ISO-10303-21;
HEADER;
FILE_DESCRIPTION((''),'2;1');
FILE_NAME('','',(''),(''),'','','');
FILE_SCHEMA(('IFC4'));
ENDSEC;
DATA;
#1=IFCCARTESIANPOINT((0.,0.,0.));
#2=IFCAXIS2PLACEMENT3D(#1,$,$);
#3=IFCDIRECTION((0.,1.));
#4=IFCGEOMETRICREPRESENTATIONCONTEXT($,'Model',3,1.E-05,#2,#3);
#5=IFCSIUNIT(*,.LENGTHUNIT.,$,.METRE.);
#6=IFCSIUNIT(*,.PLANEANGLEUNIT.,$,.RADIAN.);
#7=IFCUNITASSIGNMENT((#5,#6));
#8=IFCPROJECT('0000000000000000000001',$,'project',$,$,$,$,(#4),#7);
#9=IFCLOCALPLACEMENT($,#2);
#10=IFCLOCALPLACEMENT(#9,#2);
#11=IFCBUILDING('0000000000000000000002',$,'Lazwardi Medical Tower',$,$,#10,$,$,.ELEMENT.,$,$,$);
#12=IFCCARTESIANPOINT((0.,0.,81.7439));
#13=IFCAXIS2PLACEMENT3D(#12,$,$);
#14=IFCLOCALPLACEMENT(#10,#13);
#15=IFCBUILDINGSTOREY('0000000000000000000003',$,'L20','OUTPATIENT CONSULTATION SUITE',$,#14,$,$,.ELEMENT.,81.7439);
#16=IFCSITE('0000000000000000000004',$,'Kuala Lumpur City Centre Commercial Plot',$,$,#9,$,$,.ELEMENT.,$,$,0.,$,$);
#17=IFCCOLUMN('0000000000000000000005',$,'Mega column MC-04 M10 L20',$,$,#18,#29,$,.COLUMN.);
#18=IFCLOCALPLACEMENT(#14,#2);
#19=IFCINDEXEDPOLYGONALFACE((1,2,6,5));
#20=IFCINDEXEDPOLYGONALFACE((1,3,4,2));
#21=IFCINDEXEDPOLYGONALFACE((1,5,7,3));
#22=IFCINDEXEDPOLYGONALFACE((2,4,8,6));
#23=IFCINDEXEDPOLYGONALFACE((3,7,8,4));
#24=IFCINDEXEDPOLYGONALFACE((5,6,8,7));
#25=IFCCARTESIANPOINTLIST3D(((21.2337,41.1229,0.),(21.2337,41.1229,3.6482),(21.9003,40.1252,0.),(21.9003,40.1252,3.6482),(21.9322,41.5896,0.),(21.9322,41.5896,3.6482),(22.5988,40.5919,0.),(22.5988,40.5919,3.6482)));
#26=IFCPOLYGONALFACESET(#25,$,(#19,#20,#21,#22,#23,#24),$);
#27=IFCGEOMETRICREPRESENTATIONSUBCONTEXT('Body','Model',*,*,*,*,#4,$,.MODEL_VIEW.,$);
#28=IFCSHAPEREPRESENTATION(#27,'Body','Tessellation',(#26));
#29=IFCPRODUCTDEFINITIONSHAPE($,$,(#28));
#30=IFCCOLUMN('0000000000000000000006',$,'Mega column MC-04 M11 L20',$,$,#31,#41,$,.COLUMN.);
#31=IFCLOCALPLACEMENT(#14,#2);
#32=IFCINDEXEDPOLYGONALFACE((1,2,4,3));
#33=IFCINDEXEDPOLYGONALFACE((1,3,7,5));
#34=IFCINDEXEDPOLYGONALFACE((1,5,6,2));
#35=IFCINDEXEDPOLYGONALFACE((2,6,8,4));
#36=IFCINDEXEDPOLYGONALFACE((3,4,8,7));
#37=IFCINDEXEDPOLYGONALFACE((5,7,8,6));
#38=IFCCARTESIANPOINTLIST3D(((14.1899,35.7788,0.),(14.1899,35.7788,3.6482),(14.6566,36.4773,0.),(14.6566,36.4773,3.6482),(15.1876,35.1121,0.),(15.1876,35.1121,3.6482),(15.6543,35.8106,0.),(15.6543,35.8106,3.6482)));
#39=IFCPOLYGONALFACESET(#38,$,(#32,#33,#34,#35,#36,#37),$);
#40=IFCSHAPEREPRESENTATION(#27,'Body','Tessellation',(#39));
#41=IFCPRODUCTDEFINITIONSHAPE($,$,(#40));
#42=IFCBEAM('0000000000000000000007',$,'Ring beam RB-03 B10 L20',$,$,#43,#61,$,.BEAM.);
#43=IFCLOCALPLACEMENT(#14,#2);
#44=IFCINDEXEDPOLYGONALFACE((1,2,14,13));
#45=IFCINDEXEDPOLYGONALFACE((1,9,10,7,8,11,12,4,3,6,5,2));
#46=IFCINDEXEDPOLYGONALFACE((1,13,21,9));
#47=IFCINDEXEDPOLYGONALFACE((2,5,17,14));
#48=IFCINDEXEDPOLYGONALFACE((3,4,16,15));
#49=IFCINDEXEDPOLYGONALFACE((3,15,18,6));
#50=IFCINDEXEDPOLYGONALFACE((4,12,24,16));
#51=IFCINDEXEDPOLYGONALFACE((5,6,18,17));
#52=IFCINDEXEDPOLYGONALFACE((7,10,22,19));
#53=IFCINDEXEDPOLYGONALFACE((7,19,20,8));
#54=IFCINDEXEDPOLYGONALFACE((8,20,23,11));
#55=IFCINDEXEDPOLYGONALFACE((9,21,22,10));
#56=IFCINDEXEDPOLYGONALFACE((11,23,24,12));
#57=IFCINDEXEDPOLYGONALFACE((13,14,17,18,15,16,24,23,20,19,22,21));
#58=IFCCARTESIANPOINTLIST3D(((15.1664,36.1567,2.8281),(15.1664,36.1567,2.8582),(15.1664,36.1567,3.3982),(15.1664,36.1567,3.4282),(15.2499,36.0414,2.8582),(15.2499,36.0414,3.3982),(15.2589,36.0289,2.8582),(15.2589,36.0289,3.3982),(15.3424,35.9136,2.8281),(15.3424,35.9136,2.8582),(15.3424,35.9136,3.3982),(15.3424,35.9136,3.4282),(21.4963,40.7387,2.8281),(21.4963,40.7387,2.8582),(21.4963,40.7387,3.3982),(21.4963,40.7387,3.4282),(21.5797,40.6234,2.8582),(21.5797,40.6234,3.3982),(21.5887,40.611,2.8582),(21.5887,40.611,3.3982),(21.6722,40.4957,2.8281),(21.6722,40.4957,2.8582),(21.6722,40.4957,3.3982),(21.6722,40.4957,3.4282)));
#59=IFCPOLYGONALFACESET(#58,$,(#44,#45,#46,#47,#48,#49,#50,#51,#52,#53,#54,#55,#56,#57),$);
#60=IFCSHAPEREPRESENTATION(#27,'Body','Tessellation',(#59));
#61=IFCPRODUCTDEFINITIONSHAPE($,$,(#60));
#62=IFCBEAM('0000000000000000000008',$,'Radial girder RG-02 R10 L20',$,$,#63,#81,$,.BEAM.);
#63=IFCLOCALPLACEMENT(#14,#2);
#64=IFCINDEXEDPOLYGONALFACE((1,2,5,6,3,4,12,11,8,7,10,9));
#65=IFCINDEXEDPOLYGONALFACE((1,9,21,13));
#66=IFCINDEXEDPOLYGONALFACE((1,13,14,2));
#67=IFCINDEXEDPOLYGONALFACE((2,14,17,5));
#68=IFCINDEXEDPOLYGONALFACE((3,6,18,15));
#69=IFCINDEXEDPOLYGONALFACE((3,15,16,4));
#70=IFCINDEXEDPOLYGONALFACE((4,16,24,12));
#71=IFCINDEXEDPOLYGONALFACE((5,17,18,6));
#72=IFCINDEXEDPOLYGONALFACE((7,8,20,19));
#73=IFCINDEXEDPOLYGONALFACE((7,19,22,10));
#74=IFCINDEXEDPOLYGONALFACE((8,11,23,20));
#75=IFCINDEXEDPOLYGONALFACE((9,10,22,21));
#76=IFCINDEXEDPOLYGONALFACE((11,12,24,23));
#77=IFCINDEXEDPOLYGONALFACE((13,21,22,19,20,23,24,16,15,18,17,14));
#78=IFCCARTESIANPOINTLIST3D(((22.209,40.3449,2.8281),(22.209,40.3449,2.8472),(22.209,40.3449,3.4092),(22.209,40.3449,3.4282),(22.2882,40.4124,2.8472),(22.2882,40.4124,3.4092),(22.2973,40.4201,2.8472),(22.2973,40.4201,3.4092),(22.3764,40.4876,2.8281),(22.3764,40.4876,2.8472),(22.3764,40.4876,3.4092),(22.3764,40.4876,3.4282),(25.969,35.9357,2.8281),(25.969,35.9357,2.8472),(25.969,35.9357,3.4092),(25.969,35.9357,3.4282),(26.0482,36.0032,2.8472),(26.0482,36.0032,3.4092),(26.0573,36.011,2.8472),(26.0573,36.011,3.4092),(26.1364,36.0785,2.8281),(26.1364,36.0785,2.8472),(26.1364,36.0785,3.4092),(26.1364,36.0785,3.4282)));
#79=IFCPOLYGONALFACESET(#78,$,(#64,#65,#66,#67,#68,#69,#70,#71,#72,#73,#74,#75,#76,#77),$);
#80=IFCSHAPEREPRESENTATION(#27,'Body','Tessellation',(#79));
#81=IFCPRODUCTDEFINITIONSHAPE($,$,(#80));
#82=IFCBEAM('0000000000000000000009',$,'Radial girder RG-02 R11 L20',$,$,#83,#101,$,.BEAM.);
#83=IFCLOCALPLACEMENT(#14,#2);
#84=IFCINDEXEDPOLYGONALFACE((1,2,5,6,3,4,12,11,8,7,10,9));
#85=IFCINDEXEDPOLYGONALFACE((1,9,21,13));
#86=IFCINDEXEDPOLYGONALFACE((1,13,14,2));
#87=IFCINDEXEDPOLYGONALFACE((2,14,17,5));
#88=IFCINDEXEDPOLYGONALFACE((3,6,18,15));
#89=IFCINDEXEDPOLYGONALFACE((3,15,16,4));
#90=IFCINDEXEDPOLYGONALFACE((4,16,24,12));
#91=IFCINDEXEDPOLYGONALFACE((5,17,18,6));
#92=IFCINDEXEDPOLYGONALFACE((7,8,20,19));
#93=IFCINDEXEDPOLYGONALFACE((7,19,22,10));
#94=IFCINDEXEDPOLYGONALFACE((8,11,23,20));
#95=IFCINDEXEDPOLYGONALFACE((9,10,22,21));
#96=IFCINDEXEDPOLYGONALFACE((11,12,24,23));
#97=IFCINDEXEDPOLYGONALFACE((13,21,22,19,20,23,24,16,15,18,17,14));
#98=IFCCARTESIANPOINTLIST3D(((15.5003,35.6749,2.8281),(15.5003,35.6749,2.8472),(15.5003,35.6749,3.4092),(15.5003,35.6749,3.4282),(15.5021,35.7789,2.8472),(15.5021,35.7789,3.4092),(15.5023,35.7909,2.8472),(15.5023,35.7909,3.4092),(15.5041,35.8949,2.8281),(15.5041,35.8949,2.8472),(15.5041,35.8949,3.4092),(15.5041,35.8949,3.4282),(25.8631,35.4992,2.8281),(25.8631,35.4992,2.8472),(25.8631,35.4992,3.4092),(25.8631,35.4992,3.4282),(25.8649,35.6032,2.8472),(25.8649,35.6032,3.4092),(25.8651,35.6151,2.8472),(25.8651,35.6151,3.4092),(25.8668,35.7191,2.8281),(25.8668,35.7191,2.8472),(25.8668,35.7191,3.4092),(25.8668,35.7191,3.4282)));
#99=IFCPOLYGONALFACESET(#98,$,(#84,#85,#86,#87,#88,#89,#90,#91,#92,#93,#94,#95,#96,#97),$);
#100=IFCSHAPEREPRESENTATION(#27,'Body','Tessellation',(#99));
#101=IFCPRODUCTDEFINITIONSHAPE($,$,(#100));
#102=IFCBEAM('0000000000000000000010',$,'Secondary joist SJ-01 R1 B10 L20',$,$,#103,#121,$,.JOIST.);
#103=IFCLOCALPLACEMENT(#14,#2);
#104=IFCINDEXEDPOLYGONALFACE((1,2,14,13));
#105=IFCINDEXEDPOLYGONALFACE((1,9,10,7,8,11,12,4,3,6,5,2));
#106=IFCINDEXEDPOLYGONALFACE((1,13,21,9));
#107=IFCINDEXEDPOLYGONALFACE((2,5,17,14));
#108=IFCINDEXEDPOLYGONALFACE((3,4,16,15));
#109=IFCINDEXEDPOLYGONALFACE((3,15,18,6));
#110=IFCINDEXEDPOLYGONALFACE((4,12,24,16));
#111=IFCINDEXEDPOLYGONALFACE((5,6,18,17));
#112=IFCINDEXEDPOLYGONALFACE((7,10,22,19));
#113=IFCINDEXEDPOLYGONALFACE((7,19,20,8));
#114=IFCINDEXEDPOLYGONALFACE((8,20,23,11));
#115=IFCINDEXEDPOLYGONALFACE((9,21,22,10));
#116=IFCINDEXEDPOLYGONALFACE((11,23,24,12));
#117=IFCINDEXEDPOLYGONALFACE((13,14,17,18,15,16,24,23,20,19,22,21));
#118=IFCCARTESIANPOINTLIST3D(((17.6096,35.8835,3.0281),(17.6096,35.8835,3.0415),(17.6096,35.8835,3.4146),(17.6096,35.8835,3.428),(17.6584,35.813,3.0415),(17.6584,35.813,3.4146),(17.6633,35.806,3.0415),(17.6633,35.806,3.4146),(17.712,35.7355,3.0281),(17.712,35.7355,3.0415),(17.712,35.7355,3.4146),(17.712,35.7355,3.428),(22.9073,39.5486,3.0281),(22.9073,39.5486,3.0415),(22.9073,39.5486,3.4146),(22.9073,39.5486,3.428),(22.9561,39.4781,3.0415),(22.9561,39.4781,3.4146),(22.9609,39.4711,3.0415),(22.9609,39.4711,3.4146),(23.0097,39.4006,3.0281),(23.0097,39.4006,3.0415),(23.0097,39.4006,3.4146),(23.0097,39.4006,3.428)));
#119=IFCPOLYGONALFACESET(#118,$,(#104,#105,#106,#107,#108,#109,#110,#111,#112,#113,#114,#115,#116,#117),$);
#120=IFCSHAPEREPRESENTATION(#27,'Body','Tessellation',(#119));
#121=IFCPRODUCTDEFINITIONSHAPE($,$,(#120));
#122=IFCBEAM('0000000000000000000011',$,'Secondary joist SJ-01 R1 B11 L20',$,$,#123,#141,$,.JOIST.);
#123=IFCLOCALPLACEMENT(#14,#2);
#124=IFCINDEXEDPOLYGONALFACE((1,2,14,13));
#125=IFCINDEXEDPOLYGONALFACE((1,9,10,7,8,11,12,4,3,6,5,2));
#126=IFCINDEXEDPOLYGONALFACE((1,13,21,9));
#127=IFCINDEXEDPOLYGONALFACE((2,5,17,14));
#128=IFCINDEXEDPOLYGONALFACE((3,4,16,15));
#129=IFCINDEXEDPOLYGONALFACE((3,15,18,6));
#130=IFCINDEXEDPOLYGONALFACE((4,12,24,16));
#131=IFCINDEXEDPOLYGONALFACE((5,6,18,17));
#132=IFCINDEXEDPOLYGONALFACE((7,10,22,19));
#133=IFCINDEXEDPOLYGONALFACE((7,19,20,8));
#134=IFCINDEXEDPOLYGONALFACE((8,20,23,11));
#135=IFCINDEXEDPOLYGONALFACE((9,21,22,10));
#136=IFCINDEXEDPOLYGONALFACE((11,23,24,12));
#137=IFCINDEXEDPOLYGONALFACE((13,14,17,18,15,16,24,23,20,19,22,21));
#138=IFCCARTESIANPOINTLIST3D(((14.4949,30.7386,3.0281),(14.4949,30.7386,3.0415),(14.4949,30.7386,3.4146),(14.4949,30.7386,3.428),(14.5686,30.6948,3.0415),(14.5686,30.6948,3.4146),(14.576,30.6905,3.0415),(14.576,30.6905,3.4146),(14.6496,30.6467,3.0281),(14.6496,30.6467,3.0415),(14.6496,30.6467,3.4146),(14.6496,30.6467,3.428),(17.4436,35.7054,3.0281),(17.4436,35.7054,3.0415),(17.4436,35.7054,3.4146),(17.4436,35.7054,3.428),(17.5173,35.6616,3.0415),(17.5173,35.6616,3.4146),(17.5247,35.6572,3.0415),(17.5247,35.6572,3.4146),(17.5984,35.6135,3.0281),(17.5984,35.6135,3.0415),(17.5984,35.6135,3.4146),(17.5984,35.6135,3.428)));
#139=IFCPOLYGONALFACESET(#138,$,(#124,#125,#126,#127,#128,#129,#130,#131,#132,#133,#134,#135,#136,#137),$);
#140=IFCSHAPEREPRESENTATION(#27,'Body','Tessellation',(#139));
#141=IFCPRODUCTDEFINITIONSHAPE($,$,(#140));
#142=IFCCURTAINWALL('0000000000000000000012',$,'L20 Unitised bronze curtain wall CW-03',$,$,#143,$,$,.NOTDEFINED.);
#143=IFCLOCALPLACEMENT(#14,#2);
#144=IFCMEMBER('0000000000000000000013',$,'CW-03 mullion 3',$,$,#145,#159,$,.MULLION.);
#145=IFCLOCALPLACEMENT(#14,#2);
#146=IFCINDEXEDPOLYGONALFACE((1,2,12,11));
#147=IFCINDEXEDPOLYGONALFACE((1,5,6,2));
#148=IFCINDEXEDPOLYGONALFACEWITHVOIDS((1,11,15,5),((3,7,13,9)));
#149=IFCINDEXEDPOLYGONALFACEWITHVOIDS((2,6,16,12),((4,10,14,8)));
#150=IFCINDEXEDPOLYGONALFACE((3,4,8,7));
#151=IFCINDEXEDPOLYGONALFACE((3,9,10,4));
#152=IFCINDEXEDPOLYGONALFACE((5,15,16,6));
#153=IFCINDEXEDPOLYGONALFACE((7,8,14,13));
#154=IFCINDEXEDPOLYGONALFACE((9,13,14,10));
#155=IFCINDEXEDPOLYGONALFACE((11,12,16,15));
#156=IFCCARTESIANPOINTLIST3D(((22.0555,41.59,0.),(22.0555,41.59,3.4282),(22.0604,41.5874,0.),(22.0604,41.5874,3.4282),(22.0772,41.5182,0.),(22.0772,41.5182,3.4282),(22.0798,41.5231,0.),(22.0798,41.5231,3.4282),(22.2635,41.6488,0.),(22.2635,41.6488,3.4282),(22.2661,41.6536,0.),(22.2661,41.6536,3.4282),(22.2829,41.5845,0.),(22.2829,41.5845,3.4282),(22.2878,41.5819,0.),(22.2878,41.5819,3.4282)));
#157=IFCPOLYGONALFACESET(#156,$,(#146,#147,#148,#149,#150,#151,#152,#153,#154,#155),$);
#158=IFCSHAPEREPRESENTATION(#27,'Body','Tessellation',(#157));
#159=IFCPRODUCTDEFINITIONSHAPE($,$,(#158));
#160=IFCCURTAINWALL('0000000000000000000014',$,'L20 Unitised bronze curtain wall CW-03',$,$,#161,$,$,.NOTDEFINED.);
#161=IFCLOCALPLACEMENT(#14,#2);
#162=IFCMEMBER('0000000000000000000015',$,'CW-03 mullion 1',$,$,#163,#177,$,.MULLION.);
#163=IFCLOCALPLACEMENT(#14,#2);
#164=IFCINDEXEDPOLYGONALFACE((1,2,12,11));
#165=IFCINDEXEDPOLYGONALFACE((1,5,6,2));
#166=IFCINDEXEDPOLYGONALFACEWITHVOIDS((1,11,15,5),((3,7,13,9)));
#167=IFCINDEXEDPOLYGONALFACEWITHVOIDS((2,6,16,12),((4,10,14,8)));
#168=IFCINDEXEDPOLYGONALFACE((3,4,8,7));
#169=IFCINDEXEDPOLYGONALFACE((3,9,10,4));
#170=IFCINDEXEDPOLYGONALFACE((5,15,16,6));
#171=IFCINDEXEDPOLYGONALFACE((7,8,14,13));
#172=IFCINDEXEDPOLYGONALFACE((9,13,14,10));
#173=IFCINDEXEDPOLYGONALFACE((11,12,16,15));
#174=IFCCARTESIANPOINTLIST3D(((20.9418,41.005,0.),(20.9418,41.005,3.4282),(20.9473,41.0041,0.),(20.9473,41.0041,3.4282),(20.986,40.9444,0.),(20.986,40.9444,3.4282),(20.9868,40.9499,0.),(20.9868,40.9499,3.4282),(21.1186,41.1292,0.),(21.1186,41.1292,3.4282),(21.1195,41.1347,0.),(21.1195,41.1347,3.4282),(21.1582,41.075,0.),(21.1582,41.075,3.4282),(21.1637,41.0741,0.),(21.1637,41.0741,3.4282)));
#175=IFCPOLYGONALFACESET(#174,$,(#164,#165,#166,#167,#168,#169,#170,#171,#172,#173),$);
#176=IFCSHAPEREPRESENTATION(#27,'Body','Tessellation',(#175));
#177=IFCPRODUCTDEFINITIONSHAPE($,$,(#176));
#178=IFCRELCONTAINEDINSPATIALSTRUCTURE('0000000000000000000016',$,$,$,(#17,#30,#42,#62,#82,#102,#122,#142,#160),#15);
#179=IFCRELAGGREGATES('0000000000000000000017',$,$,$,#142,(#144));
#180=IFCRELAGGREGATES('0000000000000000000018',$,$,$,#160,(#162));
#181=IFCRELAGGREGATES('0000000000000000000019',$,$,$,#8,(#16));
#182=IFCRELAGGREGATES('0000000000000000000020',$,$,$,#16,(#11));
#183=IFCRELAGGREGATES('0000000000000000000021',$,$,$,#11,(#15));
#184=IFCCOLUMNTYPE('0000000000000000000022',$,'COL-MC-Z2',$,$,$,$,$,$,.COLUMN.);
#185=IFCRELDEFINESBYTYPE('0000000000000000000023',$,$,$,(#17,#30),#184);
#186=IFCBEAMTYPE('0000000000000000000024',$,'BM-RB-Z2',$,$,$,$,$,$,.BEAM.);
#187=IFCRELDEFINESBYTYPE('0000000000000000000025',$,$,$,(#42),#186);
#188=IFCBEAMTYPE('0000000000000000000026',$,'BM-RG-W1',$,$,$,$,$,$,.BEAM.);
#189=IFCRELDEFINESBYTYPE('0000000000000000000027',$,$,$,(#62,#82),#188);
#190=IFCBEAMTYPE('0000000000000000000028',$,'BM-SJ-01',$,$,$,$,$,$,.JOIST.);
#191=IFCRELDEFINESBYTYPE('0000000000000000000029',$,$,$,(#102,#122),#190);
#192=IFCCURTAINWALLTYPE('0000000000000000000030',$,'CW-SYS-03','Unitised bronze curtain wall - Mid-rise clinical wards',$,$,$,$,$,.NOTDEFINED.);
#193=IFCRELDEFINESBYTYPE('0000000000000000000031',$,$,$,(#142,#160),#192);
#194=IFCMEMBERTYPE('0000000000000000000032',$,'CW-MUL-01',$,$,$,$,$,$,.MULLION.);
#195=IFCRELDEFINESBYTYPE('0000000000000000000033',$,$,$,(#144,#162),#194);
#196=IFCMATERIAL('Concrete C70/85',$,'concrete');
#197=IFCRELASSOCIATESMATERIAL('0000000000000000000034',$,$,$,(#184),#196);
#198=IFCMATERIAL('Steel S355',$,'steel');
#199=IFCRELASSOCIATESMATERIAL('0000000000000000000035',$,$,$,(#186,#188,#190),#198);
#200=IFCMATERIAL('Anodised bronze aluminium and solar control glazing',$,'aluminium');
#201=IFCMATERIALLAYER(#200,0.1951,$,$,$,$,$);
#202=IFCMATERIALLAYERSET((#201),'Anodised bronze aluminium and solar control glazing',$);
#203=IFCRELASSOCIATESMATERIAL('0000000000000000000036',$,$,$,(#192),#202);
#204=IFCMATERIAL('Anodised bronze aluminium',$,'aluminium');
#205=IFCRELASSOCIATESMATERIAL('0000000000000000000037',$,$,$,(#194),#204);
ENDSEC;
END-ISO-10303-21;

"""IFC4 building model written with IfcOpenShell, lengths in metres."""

from ifc_helpers import new_model, si_unit, direction, frame, origin, origin_2d, place, context, subcontext, project, spatial, rectangle, hollow_rectangle, i_section, extrude, material, layer, layer_set, material_profile, profile_set, type_object, element, aggregate, save


model = new_model("IFC4")

# Units and contexts
model_context = context("Model", 3, precision=1e-05, world=origin(), true_north=direction((0.0, 1.0)))
body_context = subcontext(model_context, "Body", "Model", "MODEL_VIEW")
ifc_project = project(units=[si_unit("LENGTHUNIT", "METRE"), si_unit("PLANEANGLEUNIT", "RADIAN")], contexts=[model_context])

# Site, building, storey
site_placement = place(None, origin())
site = spatial("IfcSite", under=ifc_project, at=site_placement, Name="Kuala Lumpur City Centre Commercial Plot", CompositionType="ELEMENT", RefElevation=0.0)
building_placement = place(site_placement, origin())
building = spatial("IfcBuilding", under=site, at=building_placement, Name="Lazwardi Medical Tower", CompositionType="ELEMENT")
storey_placement = place(building_placement, frame((0.0, 0.0, 81.7439)))
storey = spatial("IfcBuildingStorey", under=building, at=storey_placement, Name="L20", Description="OUTPATIENT CONSULTATION SUITE", CompositionType="ELEMENT", Elevation=81.7439)

# Columns
ifc_material_1 = material(Name="Concrete C70/85", Category="concrete")
ifc_material_profile_1 = material_profile(ifc_material_1, rectangle(XDim=1.2, YDim=0.8401, at=origin_2d()), Name="CFT-RECT 1200x840")
ifc_profile_set_1 = profile_set([ifc_material_profile_1], Name="Concrete C70/85")
column_type = type_object("IfcColumnType", Name="COL-MC-Z2", PredefinedType="COLUMN", material=ifc_profile_set_1)
for number, where, z_axis, x_axis, name in (
    (1, (21.9163, 40.8574, 0.0), (0.0, 0.0, 1.0), (-0.55557, 0.83147, 0.0), "Mega column MC-04 M10 L20"),
    (2, (14.9221, 35.7947, 0.0), (0.0, 0.0, 1.0), (-0.83147, 0.55557, 0.0), "Mega column MC-04 M11 L20"),
):
    element("IfcColumn", number, at=place(storey_placement, frame(where, z_axis=z_axis, x_axis=x_axis)), inside=storey, type_object=column_type, Name=name, PredefinedType="COLUMN", context=body_context, shape_type="SweptSolid", body=[
        extrude(rectangle(XDim=1.2, YDim=0.8401, at=origin_2d()), origin(), (0.0, 0.0, 1.0), 3.6482),
    ])

# Beams
ifc_material_2 = material(Name="Steel S355", Category="steel")
ifc_material_profile_2 = material_profile(ifc_material_2, i_section(OverallWidth=0.3, OverallDepth=0.6001, WebThickness=0.0154, FlangeThickness=0.03, at=origin_2d()), Name="HEB 600")
ifc_profile_set_2 = profile_set([ifc_material_profile_2], Name="Steel S355")
beam_type_1 = type_object("IfcBeamType", Name="BM-RB-Z2", PredefinedType="BEAM", material=ifc_profile_set_2)
beam_1_placement = place(storey_placement, frame((21.5842, 40.6172, 3.1282), z_axis=(-0.810042, -0.586372, 0.0), x_axis=(0.586372, -0.810042, 0.0)))
element("IfcBeam", 3, at=beam_1_placement, inside=storey, type_object=beam_type_1, Name="Ring beam RB-03 B10 L20", PredefinedType="BEAM", context=body_context, shape_type="SweptSolid", body=[
    extrude(i_section(OverallWidth=0.3, OverallDepth=0.6001, WebThickness=0.0154, FlangeThickness=0.03, at=origin_2d()), origin(), (0.0, 0.0, 1.0), 7.8142),
])
ifc_material_profile_3 = material_profile(ifc_material_2, i_section(OverallWidth=0.22, OverallDepth=0.6001, WebThickness=0.012, FlangeThickness=0.019, at=origin_2d()), Name="IPE 600")
ifc_profile_set_3 = profile_set([ifc_material_profile_3], Name="Steel S355")
beam_type_2 = type_object("IfcBeamType", Name="BM-RG-W1", PredefinedType="BEAM", material=ifc_profile_set_3)
beam_2_placement = place(storey_placement, frame((22.2927, 40.4163, 3.1282), z_axis=(0.648871, -0.760899, 0.0), x_axis=(0.760899, 0.648871, 0.0)))
element("IfcBeam", 4, at=beam_2_placement, inside=storey, type_object=beam_type_2, Name="Radial girder RG-02 R10 L20", PredefinedType="BEAM", context=body_context, shape_type="SweptSolid", body=[
    extrude(i_section(OverallWidth=0.22, OverallDepth=0.6001, WebThickness=0.012, FlangeThickness=0.019, at=origin_2d()), origin(), (0.0, 0.0, 1.0), 5.7947),
])
beam_3_placement = place(storey_placement, frame((15.5022, 35.7849, 3.1282), z_axis=(0.999856, -0.01696, 0.0), x_axis=(0.01696, 0.999856, 0.0)))
element("IfcBeam", 5, at=beam_3_placement, inside=storey, type_object=beam_type_2, Name="Radial girder RG-02 R11 L20", PredefinedType="BEAM", context=body_context, shape_type="SweptSolid", body=[
    extrude(i_section(OverallWidth=0.22, OverallDepth=0.6001, WebThickness=0.012, FlangeThickness=0.019, at=origin_2d()), origin(), (0.0, 0.0, 1.0), 10.3643),
])
ifc_material_profile_4 = material_profile(ifc_material_2, i_section(OverallWidth=0.1799, OverallDepth=0.3999, WebThickness=0.0085, FlangeThickness=0.0134, at=origin_2d()), Name="IPE 400")
ifc_profile_set_4 = profile_set([ifc_material_profile_4], Name="Steel S355")
beam_type_3 = type_object("IfcBeamType", Name="BM-SJ-01", PredefinedType="JOIST", material=ifc_profile_set_4)
beam_4_placement = place(storey_placement, frame((22.9585, 39.4746, 3.228), z_axis=(-0.822376, -0.568944, 0.0), x_axis=(0.568944, -0.822376, 0.0)))
element("IfcBeam", 6, at=beam_4_placement, inside=storey, type_object=beam_type_3, Name="Secondary joist SJ-01 R1 B10 L20", PredefinedType="JOIST", context=body_context, shape_type="SweptSolid", body=[
    extrude(i_section(OverallWidth=0.1799, OverallDepth=0.3999, WebThickness=0.0085, FlangeThickness=0.0134, at=origin_2d()), origin(), (0.0, 0.0, 1.0), 6.4419),
])
beam_5_placement = place(storey_placement, frame((17.521, 35.6594, 3.228), z_axis=(-0.5105, -0.859878, 0.0), x_axis=(0.859878, -0.5105, 0.0)))
element("IfcBeam", 7, at=beam_5_placement, inside=storey, type_object=beam_type_3, Name="Secondary joist SJ-01 R1 B11 L20", PredefinedType="JOIST", context=body_context, shape_type="SweptSolid", body=[
    extrude(i_section(OverallWidth=0.1799, OverallDepth=0.3999, WebThickness=0.0085, FlangeThickness=0.0134, at=origin_2d()), origin(), (0.0, 0.0, 1.0), 5.7761),
])

# Curtain wall, member
ifc_material_3 = material(Name="Anodised bronze aluminium and solar control glazing", Category="aluminium")
ifc_layer_1 = layer(ifc_material_3, 0.1951)
ifc_layer_set_1 = layer_set([ifc_layer_1], Name="Anodised bronze aluminium and solar control glazing")
curtain_wall_type = type_object("IfcCurtainWallType", Name="CW-SYS-03", Description="Unitised bronze curtain wall - Mid-rise clinical wards", PredefinedType="NOTDEFINED", material=ifc_layer_set_1)
curtain_wall_1_placement = place(storey_placement, origin())
curtain_wall_1 = element("IfcCurtainWall", 8, at=curtain_wall_1_placement, inside=storey, type_object=curtain_wall_type, Name="L20 Unitised bronze curtain wall CW-03", PredefinedType="NOTDEFINED")
ifc_material_4 = material(Name="Anodised bronze aluminium", Category="aluminium")
ifc_material_profile_5 = material_profile(ifc_material_4, hollow_rectangle(XDim=0.075, YDim=0.22, WallThickness=0.0039, at=origin_2d()), Name="ALU-MULLION 220x75x4")
ifc_profile_set_5 = profile_set([ifc_material_profile_5], Name="Anodised bronze aluminium")
member_type_1 = type_object("IfcMemberType", Name="CW-MUL-01", PredefinedType="MULLION", material=ifc_profile_set_5)
member_1_placement = place(storey_placement, frame((22.1716, 41.5859, 0.0), z_axis=(0.0, 0.0, 1.0), x_axis=(0.289374, -0.957216, 0.0)))
member_1 = element("IfcMember", 9, at=member_1_placement, type_object=member_type_1, Name="CW-03 mullion 3", PredefinedType="MULLION", context=body_context, shape_type="SweptSolid", body=[
    extrude(hollow_rectangle(XDim=0.075, YDim=0.22, WallThickness=0.0039, at=origin_2d()), origin(), (0.0, 0.0, 1.0), 3.4282),
])
aggregate(curtain_wall_1, [member_1])

# Curtain wall, member
curtain_wall_2_placement = place(storey_placement, origin())
curtain_wall_2 = element("IfcCurtainWall", 10, at=curtain_wall_2_placement, inside=storey, type_object=curtain_wall_type, Name="L20 Unitised bronze curtain wall CW-03", PredefinedType="NOTDEFINED")
member_2_placement = place(storey_placement, frame((21.0527, 41.0396, 0.0), z_axis=(0.0, 0.0, 1.0), x_axis=(0.589531, -0.807746, 0.0)))
member_2 = element("IfcMember", 11, at=member_2_placement, type_object=member_type_1, Name="CW-03 mullion 1", PredefinedType="MULLION", context=body_context, shape_type="SweptSolid", body=[
    extrude(hollow_rectangle(XDim=0.075, YDim=0.22, WallThickness=0.0039, at=origin_2d()), origin(), (0.0, 0.0, 1.0), 3.4282),
])

aggregate(curtain_wall_2, [member_2])

save(model, "model.ifc")
